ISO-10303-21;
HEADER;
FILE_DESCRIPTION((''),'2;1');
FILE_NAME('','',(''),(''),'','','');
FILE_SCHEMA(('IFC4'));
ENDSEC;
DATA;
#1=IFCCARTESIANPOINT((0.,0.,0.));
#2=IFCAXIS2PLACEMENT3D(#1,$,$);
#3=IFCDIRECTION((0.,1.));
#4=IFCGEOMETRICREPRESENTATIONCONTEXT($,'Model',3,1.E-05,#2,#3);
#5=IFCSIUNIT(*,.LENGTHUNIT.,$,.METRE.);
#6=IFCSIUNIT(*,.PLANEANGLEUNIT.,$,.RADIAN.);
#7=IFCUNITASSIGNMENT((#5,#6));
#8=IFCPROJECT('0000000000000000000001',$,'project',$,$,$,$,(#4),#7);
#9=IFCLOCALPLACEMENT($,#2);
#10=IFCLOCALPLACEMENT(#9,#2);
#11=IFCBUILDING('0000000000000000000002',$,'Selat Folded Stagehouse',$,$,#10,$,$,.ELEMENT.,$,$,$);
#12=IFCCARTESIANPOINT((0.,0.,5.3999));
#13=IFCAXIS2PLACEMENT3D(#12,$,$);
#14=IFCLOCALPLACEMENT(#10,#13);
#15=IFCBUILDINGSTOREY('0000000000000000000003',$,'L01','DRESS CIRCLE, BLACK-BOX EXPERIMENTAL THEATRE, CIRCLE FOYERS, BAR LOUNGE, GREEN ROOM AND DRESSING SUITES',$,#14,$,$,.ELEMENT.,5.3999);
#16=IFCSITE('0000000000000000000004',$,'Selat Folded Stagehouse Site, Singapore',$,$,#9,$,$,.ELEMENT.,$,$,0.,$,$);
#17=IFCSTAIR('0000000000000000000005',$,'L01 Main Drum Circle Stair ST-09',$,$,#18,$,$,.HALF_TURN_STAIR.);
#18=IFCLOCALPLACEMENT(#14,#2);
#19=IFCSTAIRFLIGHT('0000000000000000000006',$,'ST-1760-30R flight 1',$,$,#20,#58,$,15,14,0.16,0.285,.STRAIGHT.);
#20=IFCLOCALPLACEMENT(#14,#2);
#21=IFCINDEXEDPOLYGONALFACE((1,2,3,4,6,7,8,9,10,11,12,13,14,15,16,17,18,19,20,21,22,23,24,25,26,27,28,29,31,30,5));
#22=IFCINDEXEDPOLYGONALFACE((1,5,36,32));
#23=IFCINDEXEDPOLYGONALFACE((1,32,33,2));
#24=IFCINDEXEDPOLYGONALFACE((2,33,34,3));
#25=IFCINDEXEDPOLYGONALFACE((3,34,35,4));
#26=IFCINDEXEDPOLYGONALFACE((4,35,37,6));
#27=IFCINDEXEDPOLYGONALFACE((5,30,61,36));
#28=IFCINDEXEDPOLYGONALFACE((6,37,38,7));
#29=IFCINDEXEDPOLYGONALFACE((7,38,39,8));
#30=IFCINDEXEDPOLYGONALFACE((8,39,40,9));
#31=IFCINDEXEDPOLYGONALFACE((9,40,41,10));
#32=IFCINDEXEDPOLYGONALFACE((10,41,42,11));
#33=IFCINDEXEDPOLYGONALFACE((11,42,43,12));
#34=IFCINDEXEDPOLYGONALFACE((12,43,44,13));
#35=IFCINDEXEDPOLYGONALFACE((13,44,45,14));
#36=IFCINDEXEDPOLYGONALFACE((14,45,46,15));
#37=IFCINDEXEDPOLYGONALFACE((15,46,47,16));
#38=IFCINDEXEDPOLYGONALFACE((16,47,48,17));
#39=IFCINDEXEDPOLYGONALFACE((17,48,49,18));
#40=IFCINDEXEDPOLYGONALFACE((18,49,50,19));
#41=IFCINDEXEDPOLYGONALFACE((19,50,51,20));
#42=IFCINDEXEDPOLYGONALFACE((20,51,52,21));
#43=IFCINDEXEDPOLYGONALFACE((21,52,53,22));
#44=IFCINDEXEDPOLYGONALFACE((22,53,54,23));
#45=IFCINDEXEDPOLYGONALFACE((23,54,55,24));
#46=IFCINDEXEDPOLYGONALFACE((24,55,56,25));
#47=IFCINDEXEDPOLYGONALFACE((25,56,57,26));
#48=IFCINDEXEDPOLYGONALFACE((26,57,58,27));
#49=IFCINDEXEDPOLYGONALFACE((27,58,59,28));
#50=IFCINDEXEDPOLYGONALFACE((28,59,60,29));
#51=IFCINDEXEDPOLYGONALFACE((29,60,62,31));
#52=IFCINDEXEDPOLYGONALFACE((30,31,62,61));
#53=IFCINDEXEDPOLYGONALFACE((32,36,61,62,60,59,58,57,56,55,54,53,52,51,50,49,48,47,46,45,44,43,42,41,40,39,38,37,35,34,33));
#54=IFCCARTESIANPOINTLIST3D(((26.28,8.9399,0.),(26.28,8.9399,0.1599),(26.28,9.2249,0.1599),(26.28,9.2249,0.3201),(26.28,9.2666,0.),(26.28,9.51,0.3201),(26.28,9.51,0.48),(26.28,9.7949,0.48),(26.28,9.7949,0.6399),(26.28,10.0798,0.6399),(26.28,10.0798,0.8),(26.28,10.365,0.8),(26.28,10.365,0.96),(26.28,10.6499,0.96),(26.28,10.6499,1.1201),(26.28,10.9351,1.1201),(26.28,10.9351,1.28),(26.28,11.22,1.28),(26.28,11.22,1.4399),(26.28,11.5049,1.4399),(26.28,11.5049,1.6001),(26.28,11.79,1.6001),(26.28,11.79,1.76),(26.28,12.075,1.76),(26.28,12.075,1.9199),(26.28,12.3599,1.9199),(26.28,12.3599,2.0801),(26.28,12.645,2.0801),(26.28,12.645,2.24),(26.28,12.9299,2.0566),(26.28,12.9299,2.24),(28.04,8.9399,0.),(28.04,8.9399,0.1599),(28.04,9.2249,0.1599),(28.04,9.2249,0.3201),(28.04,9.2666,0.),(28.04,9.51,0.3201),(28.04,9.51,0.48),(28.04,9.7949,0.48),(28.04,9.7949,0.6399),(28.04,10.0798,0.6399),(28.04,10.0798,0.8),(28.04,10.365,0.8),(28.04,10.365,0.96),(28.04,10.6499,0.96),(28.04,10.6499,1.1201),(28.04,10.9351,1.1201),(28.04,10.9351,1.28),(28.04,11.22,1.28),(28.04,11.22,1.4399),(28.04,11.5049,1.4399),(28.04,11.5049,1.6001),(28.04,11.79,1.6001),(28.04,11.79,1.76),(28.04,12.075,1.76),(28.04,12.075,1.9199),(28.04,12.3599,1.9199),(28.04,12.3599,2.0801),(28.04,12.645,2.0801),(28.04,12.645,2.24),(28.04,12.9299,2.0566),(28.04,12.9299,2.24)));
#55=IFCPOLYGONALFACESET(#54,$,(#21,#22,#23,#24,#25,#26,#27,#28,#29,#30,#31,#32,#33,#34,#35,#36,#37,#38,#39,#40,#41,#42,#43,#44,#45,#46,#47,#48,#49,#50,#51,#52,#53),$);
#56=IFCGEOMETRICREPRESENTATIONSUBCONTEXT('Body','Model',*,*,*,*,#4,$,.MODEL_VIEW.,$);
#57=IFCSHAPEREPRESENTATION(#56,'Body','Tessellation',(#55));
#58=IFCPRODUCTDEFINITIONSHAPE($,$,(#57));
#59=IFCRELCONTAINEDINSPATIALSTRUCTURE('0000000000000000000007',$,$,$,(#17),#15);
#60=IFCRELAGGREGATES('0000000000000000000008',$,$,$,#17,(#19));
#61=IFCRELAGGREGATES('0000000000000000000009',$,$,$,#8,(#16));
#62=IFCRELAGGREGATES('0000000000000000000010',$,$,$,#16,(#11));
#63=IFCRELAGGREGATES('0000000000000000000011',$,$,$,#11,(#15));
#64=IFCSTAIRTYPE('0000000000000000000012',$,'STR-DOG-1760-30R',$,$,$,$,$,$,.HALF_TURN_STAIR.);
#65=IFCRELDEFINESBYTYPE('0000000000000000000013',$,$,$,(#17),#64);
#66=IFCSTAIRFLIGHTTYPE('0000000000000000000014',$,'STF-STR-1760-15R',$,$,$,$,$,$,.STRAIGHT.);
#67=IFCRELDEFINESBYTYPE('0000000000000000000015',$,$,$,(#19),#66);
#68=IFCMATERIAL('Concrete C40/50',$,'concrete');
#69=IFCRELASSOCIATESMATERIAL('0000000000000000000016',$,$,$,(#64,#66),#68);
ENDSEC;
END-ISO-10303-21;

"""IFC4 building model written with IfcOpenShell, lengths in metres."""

from ifc_helpers import new_model, si_unit, direction, frame, origin, place, context, subcontext, project, spatial, polyline, outline, extrude, material, type_object, element, aggregate, save


model = new_model("IFC4")

# Units and contexts
model_context = context("Model", 3, precision=1e-05, world=origin(), true_north=direction((0.0, 1.0)))
body_context = subcontext(model_context, "Body", "Model", "MODEL_VIEW")
ifc_project = project(units=[si_unit("LENGTHUNIT", "METRE"), si_unit("PLANEANGLEUNIT", "RADIAN")], contexts=[model_context])

# Site, building, storey
site_placement = place(None, origin())
site = spatial("IfcSite", under=ifc_project, at=site_placement, Name="Selat Folded Stagehouse Site, Singapore", CompositionType="ELEMENT", RefElevation=0.0)
building_placement = place(site_placement, origin())
building = spatial("IfcBuilding", under=site, at=building_placement, Name="Selat Folded Stagehouse", CompositionType="ELEMENT")
storey_placement = place(building_placement, frame((0.0, 0.0, 5.3999)))
storey = spatial("IfcBuildingStorey", under=building, at=storey_placement, Name="L01", Description="DRESS CIRCLE, BLACK-BOX EXPERIMENTAL THEATRE, CIRCLE FOYERS, BAR LOUNGE, GREEN ROOM AND DRESSING SUITES", CompositionType="ELEMENT", Elevation=5.3999)

# Stair, stair flight
ifc_material_1 = material(Name="Concrete C40/50", Category="concrete")
stair_type = type_object("IfcStairType", Name="STR-DOG-1760-30R", PredefinedType="HALF_TURN_STAIR", material=ifc_material_1)
stair_placement = place(storey_placement, origin())
stair = element("IfcStair", 1, at=stair_placement, inside=storey, type_object=stair_type, Name="L01 Main Drum Circle Stair ST-09", PredefinedType="HALF_TURN_STAIR")
stair_flight_type = type_object("IfcStairFlightType", Name="STF-STR-1760-15R", PredefinedType="STRAIGHT", material=ifc_material_1)
stair_flight_placement = place(storey_placement, frame((27.1599, 8.9399, 0.0), z_axis=(0.0, 0.0, 1.0), x_axis=(0.0, 1.0, 0.0)))
stair_flight = element("IfcStairFlight", 2, at=stair_flight_placement, type_object=stair_flight_type, Name="ST-1760-30R flight 1", NumberOfRisers=15, NumberOfTreads=14, PredefinedType="STRAIGHT", RiserHeight=0.16, TreadLength=0.285, context=body_context, shape_type="SweptSolid", body=[
    extrude(outline(polyline([(0.0, 0.0), (0.0, 0.1599), (0.2849, 0.1599), (0.2849, 0.3201), (0.5701, 0.3201), (0.5701, 0.48), (0.855, 0.48), (0.855, 0.6399), (1.1399, 0.6399), (1.1399, 0.8), (1.425, 0.8), (1.425, 0.96), (1.71, 0.96), (1.71, 1.1201), (1.9951, 1.1201), (1.9951, 1.28), (2.28, 1.28), (2.28, 1.4399), (2.5649, 1.4399), (2.5649, 1.6001), (2.8501, 1.6001), (2.8501, 1.76), (3.135, 1.76), (3.135, 1.9199), (3.4199, 1.9199), (3.4199, 2.0801), (3.7051, 2.0801), (3.7051, 2.24), (3.99, 2.24), (3.99, 2.3999), (3.99, 2.0566), (0.3267, 0.0), (0.0, 0.0)])), frame((0.0, 0.8799, 0.0), z_axis=(0.0, -1.0, 0.0), x_axis=(1.0, 0.0, 0.0)), (0.0, 0.0, 1.0), 1.76),
])
aggregate(stair, [stair_flight])

save(model, "model.ifc")
